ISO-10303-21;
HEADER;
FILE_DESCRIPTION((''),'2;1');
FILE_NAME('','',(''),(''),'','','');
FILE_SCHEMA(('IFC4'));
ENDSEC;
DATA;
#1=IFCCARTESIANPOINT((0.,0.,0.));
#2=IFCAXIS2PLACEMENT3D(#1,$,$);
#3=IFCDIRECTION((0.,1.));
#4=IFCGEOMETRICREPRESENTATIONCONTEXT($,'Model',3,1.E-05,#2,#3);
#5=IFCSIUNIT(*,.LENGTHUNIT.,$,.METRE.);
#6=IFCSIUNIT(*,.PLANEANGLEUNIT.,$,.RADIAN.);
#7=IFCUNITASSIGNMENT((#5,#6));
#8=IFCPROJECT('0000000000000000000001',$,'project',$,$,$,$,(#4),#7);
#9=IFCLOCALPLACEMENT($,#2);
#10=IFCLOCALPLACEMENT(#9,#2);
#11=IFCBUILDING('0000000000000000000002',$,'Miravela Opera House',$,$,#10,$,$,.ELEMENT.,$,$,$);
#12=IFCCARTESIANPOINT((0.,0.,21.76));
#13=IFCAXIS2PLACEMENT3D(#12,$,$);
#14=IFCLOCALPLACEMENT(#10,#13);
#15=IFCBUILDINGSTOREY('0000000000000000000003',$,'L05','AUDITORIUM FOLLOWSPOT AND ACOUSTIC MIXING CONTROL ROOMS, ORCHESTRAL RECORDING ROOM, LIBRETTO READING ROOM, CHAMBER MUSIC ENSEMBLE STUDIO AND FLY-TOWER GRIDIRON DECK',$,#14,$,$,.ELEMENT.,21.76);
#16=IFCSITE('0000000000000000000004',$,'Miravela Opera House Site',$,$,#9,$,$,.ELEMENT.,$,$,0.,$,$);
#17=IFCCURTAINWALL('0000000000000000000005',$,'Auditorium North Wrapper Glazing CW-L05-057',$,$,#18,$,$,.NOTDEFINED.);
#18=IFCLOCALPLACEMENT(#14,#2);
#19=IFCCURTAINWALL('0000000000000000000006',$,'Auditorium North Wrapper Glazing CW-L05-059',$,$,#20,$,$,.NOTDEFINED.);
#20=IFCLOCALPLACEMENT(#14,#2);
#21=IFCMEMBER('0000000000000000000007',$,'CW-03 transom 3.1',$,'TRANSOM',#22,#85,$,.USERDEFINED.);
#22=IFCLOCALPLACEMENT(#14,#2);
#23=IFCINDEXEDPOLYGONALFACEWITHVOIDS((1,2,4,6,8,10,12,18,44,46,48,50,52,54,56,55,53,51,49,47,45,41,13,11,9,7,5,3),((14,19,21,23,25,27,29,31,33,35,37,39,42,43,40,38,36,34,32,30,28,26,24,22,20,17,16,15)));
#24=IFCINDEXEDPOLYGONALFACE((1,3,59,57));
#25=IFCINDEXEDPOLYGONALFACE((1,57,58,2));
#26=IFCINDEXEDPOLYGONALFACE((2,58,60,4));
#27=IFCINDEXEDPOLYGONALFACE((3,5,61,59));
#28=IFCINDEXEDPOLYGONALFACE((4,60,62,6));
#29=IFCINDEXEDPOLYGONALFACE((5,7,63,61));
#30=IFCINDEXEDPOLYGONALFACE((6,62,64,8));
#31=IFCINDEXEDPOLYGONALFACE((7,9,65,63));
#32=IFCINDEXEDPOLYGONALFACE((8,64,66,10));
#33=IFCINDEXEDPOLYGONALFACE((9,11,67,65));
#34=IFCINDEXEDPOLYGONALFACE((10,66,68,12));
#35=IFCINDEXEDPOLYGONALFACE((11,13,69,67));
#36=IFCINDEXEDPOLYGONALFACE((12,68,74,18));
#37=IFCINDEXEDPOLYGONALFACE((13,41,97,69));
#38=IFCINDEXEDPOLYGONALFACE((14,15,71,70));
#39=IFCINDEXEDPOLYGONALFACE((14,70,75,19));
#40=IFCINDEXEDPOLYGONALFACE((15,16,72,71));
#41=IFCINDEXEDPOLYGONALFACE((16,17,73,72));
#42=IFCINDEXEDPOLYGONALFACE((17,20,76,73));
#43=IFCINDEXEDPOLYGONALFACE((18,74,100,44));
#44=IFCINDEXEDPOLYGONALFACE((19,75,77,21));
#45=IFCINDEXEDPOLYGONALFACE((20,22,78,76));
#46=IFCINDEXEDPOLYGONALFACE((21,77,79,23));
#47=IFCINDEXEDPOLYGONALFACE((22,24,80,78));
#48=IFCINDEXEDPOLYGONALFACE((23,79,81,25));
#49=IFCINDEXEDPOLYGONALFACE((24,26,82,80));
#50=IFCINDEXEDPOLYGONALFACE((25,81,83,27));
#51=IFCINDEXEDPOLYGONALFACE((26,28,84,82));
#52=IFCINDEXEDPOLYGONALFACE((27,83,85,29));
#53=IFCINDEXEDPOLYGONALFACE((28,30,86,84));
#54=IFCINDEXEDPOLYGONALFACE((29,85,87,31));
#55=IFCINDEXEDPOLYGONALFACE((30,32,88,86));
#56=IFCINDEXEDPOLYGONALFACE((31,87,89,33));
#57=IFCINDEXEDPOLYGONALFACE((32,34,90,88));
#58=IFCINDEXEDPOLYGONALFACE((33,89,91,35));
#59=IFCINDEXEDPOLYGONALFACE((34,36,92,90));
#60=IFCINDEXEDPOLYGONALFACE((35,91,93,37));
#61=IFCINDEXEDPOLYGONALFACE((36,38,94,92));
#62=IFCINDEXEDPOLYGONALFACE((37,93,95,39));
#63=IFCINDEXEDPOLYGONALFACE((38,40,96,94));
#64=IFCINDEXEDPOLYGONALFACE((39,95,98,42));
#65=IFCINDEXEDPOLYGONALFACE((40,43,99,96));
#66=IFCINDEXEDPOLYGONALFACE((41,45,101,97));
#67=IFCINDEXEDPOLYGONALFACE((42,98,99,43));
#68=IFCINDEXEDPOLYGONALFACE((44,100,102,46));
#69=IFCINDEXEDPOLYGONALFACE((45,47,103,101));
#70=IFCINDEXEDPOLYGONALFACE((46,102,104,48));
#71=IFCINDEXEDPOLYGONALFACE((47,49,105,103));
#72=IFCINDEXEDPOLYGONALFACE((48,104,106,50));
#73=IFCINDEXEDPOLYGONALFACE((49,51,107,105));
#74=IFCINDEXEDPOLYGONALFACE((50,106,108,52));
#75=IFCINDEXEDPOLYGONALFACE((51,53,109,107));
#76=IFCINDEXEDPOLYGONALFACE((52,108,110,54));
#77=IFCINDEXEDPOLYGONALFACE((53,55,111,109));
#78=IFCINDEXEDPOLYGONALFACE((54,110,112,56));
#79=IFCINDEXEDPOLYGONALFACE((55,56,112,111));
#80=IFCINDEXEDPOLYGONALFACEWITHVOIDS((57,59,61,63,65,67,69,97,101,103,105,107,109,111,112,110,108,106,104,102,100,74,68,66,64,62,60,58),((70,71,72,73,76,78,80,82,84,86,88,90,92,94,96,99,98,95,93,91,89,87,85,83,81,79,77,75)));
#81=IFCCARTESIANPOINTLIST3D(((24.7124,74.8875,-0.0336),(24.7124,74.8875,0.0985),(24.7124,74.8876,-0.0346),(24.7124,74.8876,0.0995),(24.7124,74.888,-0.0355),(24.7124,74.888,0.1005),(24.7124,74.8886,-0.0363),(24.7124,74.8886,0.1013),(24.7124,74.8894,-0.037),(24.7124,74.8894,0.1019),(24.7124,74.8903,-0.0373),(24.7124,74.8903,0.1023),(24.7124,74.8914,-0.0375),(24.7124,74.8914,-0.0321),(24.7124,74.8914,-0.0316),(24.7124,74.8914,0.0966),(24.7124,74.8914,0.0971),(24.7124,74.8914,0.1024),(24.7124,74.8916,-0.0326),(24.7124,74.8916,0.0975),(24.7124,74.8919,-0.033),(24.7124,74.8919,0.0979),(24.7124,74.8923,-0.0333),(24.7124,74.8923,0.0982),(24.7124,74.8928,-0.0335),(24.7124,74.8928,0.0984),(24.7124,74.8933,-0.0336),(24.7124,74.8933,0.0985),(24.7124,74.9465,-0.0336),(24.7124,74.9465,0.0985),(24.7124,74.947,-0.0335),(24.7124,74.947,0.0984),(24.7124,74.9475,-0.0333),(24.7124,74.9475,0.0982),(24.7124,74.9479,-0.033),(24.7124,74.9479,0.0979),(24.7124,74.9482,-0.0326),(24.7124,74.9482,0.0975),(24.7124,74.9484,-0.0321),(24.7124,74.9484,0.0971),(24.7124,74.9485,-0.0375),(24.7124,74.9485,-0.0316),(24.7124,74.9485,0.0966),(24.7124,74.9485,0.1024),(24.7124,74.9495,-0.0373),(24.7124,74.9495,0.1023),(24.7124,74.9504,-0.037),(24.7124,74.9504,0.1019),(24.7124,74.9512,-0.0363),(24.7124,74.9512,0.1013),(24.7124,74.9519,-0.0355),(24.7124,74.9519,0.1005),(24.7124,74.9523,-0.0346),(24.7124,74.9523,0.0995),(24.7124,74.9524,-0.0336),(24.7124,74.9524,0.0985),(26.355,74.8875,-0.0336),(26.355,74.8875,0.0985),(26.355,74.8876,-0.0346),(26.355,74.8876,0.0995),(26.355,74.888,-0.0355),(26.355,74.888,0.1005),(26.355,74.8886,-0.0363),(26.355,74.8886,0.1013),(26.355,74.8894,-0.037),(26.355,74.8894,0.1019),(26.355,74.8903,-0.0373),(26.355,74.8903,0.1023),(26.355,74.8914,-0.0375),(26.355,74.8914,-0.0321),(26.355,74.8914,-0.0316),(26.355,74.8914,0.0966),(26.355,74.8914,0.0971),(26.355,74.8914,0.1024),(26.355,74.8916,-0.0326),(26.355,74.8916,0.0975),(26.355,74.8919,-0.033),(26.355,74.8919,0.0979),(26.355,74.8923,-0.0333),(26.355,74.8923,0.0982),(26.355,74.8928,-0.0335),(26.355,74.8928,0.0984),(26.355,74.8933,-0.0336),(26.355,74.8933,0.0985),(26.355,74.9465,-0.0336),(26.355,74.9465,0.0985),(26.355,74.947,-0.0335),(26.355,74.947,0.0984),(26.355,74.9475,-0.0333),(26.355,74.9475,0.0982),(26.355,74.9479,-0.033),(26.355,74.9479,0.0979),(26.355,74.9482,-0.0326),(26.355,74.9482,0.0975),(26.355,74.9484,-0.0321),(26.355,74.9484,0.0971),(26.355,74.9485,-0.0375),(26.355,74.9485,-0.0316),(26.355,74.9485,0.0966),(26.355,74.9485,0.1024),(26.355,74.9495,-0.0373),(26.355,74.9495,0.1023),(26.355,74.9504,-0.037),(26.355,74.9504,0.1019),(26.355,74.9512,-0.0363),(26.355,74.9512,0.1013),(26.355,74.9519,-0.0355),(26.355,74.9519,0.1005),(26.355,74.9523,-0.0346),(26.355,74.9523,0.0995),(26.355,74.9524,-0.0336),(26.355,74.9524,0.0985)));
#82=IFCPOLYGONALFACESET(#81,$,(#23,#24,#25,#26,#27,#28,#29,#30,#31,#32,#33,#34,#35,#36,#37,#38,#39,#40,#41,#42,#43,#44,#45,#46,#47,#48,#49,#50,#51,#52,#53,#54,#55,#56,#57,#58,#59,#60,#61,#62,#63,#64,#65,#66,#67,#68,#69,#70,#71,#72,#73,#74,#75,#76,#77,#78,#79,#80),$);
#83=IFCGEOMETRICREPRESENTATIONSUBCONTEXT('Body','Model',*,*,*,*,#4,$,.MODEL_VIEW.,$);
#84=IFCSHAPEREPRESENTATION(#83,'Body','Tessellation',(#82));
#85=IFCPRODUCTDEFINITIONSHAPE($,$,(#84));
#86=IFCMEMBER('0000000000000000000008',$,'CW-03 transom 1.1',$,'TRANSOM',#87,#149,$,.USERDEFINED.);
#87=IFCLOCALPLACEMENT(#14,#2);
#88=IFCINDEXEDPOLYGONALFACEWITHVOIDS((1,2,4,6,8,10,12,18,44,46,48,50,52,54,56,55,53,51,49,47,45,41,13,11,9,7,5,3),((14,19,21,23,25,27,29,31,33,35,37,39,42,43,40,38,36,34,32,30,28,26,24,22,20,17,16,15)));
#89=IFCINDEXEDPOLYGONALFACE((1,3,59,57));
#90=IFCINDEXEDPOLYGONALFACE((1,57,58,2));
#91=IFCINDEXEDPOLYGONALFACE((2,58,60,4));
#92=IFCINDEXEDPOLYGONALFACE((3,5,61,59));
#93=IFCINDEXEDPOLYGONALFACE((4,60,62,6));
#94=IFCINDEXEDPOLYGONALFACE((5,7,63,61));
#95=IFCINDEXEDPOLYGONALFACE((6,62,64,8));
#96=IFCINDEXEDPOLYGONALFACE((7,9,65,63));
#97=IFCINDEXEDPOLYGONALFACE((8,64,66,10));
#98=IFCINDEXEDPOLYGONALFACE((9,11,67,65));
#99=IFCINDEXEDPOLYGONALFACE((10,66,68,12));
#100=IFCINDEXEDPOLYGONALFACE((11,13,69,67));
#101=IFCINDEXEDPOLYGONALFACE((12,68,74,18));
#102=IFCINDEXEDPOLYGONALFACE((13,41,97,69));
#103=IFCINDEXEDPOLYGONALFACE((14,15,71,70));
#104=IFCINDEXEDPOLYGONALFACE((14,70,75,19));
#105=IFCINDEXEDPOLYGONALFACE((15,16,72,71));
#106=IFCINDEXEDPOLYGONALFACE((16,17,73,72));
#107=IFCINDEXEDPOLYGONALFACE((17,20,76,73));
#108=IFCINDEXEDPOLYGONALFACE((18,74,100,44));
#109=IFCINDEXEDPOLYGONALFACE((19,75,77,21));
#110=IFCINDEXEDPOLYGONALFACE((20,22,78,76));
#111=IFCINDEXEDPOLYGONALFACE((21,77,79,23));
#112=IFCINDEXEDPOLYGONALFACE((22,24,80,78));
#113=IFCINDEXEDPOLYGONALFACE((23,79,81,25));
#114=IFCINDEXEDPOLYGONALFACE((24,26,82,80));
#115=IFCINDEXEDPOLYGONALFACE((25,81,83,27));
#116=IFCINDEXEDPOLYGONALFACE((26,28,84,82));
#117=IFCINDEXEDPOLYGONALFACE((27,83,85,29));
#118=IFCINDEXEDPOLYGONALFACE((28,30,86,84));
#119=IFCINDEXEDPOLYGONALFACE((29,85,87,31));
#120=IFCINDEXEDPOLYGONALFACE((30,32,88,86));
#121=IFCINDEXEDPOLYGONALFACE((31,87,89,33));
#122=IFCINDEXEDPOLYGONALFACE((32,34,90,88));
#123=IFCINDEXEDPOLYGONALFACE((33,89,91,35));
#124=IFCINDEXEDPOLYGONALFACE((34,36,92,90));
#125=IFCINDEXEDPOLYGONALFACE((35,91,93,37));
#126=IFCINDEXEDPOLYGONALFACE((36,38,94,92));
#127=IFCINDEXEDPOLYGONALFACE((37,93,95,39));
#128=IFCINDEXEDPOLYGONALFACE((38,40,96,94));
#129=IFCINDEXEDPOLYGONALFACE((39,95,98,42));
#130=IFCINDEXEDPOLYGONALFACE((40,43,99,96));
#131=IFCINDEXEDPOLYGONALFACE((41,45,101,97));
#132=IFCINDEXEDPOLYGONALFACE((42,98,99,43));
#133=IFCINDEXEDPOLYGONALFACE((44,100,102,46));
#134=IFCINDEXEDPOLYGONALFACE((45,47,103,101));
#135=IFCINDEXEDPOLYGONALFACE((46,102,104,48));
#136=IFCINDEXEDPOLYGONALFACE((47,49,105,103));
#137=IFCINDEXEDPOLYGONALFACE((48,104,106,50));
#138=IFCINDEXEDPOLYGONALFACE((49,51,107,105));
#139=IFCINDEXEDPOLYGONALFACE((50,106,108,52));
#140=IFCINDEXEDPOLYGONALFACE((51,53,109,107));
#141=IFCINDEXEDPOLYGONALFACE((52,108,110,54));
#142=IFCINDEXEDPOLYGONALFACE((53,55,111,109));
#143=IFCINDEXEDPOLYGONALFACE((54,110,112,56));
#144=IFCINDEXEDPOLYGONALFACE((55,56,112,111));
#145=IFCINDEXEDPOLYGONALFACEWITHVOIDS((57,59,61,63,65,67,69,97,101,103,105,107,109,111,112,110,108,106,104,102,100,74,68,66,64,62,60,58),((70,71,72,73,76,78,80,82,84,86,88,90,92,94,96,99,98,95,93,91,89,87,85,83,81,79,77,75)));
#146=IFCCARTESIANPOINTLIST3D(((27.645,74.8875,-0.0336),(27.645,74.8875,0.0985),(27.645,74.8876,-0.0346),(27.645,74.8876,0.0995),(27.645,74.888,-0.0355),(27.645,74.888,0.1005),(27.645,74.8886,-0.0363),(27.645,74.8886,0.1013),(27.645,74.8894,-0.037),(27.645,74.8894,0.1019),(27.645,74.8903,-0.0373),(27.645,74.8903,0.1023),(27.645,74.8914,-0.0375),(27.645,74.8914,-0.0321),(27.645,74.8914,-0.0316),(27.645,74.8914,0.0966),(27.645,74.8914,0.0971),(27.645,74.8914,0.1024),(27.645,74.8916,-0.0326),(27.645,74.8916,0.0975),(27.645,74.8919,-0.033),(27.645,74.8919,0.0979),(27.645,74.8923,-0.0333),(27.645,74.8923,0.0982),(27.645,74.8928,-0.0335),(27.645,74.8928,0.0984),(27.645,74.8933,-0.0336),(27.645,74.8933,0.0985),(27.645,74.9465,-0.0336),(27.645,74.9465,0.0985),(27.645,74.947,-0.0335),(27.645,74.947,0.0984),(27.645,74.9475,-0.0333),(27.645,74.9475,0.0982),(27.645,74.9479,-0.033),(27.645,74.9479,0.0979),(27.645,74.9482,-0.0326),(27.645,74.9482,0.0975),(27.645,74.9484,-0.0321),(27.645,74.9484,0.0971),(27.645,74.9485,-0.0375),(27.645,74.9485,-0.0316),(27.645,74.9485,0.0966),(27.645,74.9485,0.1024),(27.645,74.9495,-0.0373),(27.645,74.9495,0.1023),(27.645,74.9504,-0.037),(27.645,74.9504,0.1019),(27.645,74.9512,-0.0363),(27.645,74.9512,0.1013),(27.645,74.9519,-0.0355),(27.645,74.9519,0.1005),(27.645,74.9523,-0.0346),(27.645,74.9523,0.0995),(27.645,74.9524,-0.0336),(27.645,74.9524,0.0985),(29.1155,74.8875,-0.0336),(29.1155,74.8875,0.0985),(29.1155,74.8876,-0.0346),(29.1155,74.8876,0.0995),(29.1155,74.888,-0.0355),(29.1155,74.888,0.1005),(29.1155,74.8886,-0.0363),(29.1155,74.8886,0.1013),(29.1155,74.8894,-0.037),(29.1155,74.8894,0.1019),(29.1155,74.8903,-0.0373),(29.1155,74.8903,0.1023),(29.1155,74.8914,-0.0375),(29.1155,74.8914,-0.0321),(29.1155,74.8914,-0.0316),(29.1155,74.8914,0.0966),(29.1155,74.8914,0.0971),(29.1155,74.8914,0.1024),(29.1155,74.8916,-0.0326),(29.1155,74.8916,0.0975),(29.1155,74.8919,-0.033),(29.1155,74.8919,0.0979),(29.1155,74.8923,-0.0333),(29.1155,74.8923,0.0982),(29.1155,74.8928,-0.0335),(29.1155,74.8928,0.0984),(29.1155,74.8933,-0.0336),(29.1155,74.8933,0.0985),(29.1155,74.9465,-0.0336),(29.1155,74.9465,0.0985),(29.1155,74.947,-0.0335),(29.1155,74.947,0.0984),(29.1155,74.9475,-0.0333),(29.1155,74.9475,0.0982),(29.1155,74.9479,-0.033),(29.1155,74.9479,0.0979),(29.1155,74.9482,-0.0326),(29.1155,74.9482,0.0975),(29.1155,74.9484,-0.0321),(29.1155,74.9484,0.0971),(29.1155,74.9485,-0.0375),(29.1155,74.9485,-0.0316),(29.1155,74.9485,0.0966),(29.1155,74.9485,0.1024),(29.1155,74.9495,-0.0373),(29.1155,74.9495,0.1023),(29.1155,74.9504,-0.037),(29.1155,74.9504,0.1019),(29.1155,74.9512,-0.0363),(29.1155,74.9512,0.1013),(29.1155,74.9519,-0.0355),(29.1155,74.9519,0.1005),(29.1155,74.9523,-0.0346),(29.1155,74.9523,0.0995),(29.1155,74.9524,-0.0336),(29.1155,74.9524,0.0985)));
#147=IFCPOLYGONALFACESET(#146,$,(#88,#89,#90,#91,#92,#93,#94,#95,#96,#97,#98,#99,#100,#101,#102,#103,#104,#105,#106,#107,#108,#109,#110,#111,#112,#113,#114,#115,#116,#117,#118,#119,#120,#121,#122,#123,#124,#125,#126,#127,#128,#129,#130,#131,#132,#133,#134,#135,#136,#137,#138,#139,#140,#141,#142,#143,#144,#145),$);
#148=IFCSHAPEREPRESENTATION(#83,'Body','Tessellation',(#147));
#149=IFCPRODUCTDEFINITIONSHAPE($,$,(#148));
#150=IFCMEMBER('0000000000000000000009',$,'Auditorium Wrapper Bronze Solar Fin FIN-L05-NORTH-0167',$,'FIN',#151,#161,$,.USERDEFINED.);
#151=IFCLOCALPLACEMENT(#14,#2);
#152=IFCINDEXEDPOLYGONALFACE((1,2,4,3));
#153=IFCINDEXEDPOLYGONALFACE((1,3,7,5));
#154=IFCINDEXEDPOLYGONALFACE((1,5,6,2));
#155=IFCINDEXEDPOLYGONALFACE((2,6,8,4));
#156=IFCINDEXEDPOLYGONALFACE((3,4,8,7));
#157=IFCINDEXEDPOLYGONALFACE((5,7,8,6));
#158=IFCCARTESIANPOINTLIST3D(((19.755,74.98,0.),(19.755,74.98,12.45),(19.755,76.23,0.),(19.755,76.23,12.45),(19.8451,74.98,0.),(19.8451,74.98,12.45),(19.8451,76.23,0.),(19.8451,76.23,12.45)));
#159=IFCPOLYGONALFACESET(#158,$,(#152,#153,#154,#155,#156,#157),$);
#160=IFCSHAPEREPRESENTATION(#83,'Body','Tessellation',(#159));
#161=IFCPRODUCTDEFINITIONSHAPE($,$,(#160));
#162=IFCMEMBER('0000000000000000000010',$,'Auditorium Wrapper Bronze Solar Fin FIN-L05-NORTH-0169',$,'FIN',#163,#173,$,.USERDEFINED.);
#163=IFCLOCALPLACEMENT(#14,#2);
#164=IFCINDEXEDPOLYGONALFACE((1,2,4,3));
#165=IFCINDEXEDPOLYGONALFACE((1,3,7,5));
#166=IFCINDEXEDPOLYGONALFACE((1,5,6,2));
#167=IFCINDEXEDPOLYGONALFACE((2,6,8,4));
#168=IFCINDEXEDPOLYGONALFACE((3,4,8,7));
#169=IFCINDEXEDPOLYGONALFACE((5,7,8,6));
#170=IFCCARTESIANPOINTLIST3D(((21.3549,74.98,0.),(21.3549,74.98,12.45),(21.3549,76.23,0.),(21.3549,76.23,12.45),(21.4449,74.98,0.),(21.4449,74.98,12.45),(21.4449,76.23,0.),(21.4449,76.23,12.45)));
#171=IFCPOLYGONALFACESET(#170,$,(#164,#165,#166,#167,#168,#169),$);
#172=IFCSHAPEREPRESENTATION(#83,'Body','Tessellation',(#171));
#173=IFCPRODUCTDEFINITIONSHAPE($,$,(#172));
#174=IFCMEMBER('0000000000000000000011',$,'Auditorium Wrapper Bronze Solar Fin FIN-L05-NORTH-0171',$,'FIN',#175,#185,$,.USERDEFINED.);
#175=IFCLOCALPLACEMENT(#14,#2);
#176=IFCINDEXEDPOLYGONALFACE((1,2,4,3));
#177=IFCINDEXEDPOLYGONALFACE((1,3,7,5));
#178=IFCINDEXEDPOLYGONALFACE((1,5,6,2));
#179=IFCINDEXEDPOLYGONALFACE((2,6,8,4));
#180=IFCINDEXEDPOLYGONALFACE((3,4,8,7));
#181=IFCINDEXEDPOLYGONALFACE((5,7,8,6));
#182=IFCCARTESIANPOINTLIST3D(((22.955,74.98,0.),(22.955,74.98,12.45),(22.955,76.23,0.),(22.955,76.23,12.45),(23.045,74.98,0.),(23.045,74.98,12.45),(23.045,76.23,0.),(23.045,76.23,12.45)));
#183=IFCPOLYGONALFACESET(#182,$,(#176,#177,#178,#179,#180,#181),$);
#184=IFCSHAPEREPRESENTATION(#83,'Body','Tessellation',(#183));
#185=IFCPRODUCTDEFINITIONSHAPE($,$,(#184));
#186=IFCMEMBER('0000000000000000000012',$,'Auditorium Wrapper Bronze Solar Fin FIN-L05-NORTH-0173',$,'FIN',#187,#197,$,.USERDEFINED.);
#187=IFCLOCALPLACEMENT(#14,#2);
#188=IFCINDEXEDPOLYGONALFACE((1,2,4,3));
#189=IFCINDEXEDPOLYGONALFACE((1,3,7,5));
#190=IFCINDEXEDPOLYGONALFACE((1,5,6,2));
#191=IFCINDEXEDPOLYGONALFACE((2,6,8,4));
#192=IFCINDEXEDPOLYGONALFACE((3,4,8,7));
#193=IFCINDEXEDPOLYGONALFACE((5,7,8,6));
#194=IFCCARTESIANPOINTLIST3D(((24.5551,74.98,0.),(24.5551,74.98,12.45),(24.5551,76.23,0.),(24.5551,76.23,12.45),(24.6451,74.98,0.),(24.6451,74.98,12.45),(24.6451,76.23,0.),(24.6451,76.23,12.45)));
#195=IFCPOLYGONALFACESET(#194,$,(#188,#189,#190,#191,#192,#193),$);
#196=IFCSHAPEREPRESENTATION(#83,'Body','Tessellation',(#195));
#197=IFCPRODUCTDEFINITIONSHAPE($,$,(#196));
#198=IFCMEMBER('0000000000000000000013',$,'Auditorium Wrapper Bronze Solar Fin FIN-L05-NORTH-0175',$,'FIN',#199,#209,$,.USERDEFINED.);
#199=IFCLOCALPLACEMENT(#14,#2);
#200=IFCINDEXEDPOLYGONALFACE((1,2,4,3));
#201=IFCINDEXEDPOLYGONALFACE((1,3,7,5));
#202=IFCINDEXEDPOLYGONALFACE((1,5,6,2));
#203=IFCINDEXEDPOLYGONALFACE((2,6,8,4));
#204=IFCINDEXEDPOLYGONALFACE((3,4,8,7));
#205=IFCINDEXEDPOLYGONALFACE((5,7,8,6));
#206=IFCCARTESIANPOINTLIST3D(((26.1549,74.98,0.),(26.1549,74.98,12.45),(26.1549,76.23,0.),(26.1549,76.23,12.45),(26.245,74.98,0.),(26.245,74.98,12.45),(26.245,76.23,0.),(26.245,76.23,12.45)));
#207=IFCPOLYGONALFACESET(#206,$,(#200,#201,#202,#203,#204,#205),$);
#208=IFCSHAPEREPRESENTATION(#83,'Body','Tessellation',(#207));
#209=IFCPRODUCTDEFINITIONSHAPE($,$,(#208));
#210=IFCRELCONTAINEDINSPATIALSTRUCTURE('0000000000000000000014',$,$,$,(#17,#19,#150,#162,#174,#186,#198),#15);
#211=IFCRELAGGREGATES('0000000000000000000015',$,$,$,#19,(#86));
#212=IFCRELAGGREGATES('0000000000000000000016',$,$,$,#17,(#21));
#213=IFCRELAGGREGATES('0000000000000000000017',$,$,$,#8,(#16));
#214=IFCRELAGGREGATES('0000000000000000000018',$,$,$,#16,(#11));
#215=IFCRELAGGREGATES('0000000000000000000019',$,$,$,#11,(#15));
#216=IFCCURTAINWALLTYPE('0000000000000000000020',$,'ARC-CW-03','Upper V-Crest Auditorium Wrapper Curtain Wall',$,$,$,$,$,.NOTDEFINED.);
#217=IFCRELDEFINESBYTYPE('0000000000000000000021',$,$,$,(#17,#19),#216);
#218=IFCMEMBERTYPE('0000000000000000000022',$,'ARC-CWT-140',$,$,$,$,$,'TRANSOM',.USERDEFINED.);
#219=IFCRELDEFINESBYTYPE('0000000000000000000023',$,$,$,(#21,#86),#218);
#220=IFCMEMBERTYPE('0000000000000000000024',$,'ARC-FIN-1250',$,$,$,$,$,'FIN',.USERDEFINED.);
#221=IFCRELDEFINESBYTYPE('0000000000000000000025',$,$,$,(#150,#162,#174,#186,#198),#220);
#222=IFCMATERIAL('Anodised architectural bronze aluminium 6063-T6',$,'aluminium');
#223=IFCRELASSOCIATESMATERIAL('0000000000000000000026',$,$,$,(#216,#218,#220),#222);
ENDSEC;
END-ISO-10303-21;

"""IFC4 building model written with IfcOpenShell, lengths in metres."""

from ifc_helpers import new_model, si_unit, direction, frame, origin, origin_2d, place, context, subcontext, project, spatial, rectangle, hollow_rectangle, extrude, material, material_profile, profile_set, type_object, element, aggregate, save


model = new_model("IFC4")

# Units and contexts
model_context = context("Model", 3, precision=1e-05, world=origin(), true_north=direction((0.0, 1.0)))
body_context = subcontext(model_context, "Body", "Model", "MODEL_VIEW")
ifc_project = project(units=[si_unit("LENGTHUNIT", "METRE"), si_unit("PLANEANGLEUNIT", "RADIAN")], contexts=[model_context])

# Site, building, storey
site_placement = place(None, origin())
site = spatial("IfcSite", under=ifc_project, at=site_placement, Name="Miravela Opera House Site", CompositionType="ELEMENT", RefElevation=0.0)
building_placement = place(site_placement, origin())
building = spatial("IfcBuilding", under=site, at=building_placement, Name="Miravela Opera House", CompositionType="ELEMENT")
storey_placement = place(building_placement, frame((0.0, 0.0, 21.76)))
storey = spatial("IfcBuildingStorey", under=building, at=storey_placement, Name="L05", Description="AUDITORIUM FOLLOWSPOT AND ACOUSTIC MIXING CONTROL ROOMS, ORCHESTRAL RECORDING ROOM, LIBRETTO READING ROOM, CHAMBER MUSIC ENSEMBLE STUDIO AND FLY-TOWER GRIDIRON DECK", CompositionType="ELEMENT", Elevation=21.76)

# Curtain wall
ifc_material_1 = material(Name="Anodised architectural bronze aluminium 6063-T6", Category="aluminium")
curtain_wall_type = type_object("IfcCurtainWallType", Name="ARC-CW-03", Description="Upper V-Crest Auditorium Wrapper Curtain Wall", PredefinedType="NOTDEFINED", material=ifc_material_1)
curtain_wall_1_placement = place(storey_placement, origin())
curtain_wall_1 = element("IfcCurtainWall", 1, at=curtain_wall_1_placement, inside=storey, type_object=curtain_wall_type, Name="Auditorium North Wrapper Glazing CW-L05-057", PredefinedType="NOTDEFINED")

# Curtain wall
curtain_wall_2_placement = place(storey_placement, origin())
curtain_wall_2 = element("IfcCurtainWall", 2, at=curtain_wall_2_placement, inside=storey, type_object=curtain_wall_type, Name="Auditorium North Wrapper Glazing CW-L05-059", PredefinedType="NOTDEFINED")

# Members
ifc_material_profile_1 = material_profile(ifc_material_1, hollow_rectangle(XDim=0.0649, YDim=0.1399, WallThickness=0.0039, InnerFilletRadius=0.002, OuterFilletRadius=0.0039, at=origin_2d()), Name="CWT-65X140")
ifc_profile_set_1 = profile_set([ifc_material_profile_1])
member_type_1 = type_object("IfcMemberType", Name="ARC-CWT-140", ElementType="TRANSOM", PredefinedType="USERDEFINED", material=ifc_profile_set_1)
member_1_placement = place(storey_placement, frame((24.7124, 74.9199, 0.0325), z_axis=(1.0, 0.0, 0.0), x_axis=(0.0, 1.0, 0.0)))
member_1 = element("IfcMember", 3, at=member_1_placement, type_object=member_type_1, Name="CW-03 transom 3.1", ObjectType="TRANSOM", PredefinedType="USERDEFINED", context=body_context, shape_type="SweptSolid", body=[
    extrude(hollow_rectangle(XDim=0.0649, YDim=0.1399, WallThickness=0.0039, InnerFilletRadius=0.002, OuterFilletRadius=0.0039, at=origin_2d()), origin(), (0.0, 0.0, 1.0), 1.6426),
])
member_2_placement = place(storey_placement, frame((27.645, 74.9199, 0.0325), z_axis=(1.0, 0.0, 0.0), x_axis=(0.0, 1.0, 0.0)))
member_2 = element("IfcMember", 4, at=member_2_placement, type_object=member_type_1, Name="CW-03 transom 1.1", ObjectType="TRANSOM", PredefinedType="USERDEFINED", context=body_context, shape_type="SweptSolid", body=[
    extrude(hollow_rectangle(XDim=0.0649, YDim=0.1399, WallThickness=0.0039, InnerFilletRadius=0.002, OuterFilletRadius=0.0039, at=origin_2d()), origin(), (0.0, 0.0, 1.0), 1.4705),
])
aggregate(curtain_wall_2, [member_2])

# Members
ifc_material_profile_2 = material_profile(ifc_material_1, rectangle(XDim=0.0901, YDim=1.25, at=origin_2d()), Name="FIN-1250X90")
ifc_profile_set_2 = profile_set([ifc_material_profile_2])
member_type_2 = type_object("IfcMemberType", Name="ARC-FIN-1250", ElementType="FIN", PredefinedType="USERDEFINED", material=ifc_profile_set_2)
for number, where, z_axis, x_axis, name in (
    (5, (19.8, 75.605, 0.0), (0.0, 0.0, 1.0), (1.0, 0.0, 0.0), "Auditorium Wrapper Bronze Solar Fin FIN-L05-NORTH-0167"),
    (6, (21.3999, 75.605, 0.0), (0.0, 0.0, 1.0), (1.0, 0.0, 0.0), "Auditorium Wrapper Bronze Solar Fin FIN-L05-NORTH-0169"),
    (7, (23.0, 75.605, 0.0), (0.0, 0.0, 1.0), (1.0, 0.0, 0.0), "Auditorium Wrapper Bronze Solar Fin FIN-L05-NORTH-0171"),
    (8, (24.6001, 75.605, 0.0), (0.0, 0.0, 1.0), (1.0, 0.0, 0.0), "Auditorium Wrapper Bronze Solar Fin FIN-L05-NORTH-0173"),
    (9, (26.2, 75.605, 0.0), (0.0, 0.0, 1.0), (1.0, 0.0, 0.0), "Auditorium Wrapper Bronze Solar Fin FIN-L05-NORTH-0175"),
):
    element("IfcMember", number, at=place(storey_placement, frame(where, z_axis=z_axis, x_axis=x_axis)), inside=storey, type_object=member_type_2, Name=name, ObjectType="FIN", PredefinedType="USERDEFINED", context=body_context, shape_type="SweptSolid", body=[
        extrude(rectangle(XDim=0.0901, YDim=1.25, at=origin_2d()), origin(), (0.0, 0.0, 1.0), 12.45),
    ])

aggregate(curtain_wall_1, [member_1])

save(model, "model.ifc")
